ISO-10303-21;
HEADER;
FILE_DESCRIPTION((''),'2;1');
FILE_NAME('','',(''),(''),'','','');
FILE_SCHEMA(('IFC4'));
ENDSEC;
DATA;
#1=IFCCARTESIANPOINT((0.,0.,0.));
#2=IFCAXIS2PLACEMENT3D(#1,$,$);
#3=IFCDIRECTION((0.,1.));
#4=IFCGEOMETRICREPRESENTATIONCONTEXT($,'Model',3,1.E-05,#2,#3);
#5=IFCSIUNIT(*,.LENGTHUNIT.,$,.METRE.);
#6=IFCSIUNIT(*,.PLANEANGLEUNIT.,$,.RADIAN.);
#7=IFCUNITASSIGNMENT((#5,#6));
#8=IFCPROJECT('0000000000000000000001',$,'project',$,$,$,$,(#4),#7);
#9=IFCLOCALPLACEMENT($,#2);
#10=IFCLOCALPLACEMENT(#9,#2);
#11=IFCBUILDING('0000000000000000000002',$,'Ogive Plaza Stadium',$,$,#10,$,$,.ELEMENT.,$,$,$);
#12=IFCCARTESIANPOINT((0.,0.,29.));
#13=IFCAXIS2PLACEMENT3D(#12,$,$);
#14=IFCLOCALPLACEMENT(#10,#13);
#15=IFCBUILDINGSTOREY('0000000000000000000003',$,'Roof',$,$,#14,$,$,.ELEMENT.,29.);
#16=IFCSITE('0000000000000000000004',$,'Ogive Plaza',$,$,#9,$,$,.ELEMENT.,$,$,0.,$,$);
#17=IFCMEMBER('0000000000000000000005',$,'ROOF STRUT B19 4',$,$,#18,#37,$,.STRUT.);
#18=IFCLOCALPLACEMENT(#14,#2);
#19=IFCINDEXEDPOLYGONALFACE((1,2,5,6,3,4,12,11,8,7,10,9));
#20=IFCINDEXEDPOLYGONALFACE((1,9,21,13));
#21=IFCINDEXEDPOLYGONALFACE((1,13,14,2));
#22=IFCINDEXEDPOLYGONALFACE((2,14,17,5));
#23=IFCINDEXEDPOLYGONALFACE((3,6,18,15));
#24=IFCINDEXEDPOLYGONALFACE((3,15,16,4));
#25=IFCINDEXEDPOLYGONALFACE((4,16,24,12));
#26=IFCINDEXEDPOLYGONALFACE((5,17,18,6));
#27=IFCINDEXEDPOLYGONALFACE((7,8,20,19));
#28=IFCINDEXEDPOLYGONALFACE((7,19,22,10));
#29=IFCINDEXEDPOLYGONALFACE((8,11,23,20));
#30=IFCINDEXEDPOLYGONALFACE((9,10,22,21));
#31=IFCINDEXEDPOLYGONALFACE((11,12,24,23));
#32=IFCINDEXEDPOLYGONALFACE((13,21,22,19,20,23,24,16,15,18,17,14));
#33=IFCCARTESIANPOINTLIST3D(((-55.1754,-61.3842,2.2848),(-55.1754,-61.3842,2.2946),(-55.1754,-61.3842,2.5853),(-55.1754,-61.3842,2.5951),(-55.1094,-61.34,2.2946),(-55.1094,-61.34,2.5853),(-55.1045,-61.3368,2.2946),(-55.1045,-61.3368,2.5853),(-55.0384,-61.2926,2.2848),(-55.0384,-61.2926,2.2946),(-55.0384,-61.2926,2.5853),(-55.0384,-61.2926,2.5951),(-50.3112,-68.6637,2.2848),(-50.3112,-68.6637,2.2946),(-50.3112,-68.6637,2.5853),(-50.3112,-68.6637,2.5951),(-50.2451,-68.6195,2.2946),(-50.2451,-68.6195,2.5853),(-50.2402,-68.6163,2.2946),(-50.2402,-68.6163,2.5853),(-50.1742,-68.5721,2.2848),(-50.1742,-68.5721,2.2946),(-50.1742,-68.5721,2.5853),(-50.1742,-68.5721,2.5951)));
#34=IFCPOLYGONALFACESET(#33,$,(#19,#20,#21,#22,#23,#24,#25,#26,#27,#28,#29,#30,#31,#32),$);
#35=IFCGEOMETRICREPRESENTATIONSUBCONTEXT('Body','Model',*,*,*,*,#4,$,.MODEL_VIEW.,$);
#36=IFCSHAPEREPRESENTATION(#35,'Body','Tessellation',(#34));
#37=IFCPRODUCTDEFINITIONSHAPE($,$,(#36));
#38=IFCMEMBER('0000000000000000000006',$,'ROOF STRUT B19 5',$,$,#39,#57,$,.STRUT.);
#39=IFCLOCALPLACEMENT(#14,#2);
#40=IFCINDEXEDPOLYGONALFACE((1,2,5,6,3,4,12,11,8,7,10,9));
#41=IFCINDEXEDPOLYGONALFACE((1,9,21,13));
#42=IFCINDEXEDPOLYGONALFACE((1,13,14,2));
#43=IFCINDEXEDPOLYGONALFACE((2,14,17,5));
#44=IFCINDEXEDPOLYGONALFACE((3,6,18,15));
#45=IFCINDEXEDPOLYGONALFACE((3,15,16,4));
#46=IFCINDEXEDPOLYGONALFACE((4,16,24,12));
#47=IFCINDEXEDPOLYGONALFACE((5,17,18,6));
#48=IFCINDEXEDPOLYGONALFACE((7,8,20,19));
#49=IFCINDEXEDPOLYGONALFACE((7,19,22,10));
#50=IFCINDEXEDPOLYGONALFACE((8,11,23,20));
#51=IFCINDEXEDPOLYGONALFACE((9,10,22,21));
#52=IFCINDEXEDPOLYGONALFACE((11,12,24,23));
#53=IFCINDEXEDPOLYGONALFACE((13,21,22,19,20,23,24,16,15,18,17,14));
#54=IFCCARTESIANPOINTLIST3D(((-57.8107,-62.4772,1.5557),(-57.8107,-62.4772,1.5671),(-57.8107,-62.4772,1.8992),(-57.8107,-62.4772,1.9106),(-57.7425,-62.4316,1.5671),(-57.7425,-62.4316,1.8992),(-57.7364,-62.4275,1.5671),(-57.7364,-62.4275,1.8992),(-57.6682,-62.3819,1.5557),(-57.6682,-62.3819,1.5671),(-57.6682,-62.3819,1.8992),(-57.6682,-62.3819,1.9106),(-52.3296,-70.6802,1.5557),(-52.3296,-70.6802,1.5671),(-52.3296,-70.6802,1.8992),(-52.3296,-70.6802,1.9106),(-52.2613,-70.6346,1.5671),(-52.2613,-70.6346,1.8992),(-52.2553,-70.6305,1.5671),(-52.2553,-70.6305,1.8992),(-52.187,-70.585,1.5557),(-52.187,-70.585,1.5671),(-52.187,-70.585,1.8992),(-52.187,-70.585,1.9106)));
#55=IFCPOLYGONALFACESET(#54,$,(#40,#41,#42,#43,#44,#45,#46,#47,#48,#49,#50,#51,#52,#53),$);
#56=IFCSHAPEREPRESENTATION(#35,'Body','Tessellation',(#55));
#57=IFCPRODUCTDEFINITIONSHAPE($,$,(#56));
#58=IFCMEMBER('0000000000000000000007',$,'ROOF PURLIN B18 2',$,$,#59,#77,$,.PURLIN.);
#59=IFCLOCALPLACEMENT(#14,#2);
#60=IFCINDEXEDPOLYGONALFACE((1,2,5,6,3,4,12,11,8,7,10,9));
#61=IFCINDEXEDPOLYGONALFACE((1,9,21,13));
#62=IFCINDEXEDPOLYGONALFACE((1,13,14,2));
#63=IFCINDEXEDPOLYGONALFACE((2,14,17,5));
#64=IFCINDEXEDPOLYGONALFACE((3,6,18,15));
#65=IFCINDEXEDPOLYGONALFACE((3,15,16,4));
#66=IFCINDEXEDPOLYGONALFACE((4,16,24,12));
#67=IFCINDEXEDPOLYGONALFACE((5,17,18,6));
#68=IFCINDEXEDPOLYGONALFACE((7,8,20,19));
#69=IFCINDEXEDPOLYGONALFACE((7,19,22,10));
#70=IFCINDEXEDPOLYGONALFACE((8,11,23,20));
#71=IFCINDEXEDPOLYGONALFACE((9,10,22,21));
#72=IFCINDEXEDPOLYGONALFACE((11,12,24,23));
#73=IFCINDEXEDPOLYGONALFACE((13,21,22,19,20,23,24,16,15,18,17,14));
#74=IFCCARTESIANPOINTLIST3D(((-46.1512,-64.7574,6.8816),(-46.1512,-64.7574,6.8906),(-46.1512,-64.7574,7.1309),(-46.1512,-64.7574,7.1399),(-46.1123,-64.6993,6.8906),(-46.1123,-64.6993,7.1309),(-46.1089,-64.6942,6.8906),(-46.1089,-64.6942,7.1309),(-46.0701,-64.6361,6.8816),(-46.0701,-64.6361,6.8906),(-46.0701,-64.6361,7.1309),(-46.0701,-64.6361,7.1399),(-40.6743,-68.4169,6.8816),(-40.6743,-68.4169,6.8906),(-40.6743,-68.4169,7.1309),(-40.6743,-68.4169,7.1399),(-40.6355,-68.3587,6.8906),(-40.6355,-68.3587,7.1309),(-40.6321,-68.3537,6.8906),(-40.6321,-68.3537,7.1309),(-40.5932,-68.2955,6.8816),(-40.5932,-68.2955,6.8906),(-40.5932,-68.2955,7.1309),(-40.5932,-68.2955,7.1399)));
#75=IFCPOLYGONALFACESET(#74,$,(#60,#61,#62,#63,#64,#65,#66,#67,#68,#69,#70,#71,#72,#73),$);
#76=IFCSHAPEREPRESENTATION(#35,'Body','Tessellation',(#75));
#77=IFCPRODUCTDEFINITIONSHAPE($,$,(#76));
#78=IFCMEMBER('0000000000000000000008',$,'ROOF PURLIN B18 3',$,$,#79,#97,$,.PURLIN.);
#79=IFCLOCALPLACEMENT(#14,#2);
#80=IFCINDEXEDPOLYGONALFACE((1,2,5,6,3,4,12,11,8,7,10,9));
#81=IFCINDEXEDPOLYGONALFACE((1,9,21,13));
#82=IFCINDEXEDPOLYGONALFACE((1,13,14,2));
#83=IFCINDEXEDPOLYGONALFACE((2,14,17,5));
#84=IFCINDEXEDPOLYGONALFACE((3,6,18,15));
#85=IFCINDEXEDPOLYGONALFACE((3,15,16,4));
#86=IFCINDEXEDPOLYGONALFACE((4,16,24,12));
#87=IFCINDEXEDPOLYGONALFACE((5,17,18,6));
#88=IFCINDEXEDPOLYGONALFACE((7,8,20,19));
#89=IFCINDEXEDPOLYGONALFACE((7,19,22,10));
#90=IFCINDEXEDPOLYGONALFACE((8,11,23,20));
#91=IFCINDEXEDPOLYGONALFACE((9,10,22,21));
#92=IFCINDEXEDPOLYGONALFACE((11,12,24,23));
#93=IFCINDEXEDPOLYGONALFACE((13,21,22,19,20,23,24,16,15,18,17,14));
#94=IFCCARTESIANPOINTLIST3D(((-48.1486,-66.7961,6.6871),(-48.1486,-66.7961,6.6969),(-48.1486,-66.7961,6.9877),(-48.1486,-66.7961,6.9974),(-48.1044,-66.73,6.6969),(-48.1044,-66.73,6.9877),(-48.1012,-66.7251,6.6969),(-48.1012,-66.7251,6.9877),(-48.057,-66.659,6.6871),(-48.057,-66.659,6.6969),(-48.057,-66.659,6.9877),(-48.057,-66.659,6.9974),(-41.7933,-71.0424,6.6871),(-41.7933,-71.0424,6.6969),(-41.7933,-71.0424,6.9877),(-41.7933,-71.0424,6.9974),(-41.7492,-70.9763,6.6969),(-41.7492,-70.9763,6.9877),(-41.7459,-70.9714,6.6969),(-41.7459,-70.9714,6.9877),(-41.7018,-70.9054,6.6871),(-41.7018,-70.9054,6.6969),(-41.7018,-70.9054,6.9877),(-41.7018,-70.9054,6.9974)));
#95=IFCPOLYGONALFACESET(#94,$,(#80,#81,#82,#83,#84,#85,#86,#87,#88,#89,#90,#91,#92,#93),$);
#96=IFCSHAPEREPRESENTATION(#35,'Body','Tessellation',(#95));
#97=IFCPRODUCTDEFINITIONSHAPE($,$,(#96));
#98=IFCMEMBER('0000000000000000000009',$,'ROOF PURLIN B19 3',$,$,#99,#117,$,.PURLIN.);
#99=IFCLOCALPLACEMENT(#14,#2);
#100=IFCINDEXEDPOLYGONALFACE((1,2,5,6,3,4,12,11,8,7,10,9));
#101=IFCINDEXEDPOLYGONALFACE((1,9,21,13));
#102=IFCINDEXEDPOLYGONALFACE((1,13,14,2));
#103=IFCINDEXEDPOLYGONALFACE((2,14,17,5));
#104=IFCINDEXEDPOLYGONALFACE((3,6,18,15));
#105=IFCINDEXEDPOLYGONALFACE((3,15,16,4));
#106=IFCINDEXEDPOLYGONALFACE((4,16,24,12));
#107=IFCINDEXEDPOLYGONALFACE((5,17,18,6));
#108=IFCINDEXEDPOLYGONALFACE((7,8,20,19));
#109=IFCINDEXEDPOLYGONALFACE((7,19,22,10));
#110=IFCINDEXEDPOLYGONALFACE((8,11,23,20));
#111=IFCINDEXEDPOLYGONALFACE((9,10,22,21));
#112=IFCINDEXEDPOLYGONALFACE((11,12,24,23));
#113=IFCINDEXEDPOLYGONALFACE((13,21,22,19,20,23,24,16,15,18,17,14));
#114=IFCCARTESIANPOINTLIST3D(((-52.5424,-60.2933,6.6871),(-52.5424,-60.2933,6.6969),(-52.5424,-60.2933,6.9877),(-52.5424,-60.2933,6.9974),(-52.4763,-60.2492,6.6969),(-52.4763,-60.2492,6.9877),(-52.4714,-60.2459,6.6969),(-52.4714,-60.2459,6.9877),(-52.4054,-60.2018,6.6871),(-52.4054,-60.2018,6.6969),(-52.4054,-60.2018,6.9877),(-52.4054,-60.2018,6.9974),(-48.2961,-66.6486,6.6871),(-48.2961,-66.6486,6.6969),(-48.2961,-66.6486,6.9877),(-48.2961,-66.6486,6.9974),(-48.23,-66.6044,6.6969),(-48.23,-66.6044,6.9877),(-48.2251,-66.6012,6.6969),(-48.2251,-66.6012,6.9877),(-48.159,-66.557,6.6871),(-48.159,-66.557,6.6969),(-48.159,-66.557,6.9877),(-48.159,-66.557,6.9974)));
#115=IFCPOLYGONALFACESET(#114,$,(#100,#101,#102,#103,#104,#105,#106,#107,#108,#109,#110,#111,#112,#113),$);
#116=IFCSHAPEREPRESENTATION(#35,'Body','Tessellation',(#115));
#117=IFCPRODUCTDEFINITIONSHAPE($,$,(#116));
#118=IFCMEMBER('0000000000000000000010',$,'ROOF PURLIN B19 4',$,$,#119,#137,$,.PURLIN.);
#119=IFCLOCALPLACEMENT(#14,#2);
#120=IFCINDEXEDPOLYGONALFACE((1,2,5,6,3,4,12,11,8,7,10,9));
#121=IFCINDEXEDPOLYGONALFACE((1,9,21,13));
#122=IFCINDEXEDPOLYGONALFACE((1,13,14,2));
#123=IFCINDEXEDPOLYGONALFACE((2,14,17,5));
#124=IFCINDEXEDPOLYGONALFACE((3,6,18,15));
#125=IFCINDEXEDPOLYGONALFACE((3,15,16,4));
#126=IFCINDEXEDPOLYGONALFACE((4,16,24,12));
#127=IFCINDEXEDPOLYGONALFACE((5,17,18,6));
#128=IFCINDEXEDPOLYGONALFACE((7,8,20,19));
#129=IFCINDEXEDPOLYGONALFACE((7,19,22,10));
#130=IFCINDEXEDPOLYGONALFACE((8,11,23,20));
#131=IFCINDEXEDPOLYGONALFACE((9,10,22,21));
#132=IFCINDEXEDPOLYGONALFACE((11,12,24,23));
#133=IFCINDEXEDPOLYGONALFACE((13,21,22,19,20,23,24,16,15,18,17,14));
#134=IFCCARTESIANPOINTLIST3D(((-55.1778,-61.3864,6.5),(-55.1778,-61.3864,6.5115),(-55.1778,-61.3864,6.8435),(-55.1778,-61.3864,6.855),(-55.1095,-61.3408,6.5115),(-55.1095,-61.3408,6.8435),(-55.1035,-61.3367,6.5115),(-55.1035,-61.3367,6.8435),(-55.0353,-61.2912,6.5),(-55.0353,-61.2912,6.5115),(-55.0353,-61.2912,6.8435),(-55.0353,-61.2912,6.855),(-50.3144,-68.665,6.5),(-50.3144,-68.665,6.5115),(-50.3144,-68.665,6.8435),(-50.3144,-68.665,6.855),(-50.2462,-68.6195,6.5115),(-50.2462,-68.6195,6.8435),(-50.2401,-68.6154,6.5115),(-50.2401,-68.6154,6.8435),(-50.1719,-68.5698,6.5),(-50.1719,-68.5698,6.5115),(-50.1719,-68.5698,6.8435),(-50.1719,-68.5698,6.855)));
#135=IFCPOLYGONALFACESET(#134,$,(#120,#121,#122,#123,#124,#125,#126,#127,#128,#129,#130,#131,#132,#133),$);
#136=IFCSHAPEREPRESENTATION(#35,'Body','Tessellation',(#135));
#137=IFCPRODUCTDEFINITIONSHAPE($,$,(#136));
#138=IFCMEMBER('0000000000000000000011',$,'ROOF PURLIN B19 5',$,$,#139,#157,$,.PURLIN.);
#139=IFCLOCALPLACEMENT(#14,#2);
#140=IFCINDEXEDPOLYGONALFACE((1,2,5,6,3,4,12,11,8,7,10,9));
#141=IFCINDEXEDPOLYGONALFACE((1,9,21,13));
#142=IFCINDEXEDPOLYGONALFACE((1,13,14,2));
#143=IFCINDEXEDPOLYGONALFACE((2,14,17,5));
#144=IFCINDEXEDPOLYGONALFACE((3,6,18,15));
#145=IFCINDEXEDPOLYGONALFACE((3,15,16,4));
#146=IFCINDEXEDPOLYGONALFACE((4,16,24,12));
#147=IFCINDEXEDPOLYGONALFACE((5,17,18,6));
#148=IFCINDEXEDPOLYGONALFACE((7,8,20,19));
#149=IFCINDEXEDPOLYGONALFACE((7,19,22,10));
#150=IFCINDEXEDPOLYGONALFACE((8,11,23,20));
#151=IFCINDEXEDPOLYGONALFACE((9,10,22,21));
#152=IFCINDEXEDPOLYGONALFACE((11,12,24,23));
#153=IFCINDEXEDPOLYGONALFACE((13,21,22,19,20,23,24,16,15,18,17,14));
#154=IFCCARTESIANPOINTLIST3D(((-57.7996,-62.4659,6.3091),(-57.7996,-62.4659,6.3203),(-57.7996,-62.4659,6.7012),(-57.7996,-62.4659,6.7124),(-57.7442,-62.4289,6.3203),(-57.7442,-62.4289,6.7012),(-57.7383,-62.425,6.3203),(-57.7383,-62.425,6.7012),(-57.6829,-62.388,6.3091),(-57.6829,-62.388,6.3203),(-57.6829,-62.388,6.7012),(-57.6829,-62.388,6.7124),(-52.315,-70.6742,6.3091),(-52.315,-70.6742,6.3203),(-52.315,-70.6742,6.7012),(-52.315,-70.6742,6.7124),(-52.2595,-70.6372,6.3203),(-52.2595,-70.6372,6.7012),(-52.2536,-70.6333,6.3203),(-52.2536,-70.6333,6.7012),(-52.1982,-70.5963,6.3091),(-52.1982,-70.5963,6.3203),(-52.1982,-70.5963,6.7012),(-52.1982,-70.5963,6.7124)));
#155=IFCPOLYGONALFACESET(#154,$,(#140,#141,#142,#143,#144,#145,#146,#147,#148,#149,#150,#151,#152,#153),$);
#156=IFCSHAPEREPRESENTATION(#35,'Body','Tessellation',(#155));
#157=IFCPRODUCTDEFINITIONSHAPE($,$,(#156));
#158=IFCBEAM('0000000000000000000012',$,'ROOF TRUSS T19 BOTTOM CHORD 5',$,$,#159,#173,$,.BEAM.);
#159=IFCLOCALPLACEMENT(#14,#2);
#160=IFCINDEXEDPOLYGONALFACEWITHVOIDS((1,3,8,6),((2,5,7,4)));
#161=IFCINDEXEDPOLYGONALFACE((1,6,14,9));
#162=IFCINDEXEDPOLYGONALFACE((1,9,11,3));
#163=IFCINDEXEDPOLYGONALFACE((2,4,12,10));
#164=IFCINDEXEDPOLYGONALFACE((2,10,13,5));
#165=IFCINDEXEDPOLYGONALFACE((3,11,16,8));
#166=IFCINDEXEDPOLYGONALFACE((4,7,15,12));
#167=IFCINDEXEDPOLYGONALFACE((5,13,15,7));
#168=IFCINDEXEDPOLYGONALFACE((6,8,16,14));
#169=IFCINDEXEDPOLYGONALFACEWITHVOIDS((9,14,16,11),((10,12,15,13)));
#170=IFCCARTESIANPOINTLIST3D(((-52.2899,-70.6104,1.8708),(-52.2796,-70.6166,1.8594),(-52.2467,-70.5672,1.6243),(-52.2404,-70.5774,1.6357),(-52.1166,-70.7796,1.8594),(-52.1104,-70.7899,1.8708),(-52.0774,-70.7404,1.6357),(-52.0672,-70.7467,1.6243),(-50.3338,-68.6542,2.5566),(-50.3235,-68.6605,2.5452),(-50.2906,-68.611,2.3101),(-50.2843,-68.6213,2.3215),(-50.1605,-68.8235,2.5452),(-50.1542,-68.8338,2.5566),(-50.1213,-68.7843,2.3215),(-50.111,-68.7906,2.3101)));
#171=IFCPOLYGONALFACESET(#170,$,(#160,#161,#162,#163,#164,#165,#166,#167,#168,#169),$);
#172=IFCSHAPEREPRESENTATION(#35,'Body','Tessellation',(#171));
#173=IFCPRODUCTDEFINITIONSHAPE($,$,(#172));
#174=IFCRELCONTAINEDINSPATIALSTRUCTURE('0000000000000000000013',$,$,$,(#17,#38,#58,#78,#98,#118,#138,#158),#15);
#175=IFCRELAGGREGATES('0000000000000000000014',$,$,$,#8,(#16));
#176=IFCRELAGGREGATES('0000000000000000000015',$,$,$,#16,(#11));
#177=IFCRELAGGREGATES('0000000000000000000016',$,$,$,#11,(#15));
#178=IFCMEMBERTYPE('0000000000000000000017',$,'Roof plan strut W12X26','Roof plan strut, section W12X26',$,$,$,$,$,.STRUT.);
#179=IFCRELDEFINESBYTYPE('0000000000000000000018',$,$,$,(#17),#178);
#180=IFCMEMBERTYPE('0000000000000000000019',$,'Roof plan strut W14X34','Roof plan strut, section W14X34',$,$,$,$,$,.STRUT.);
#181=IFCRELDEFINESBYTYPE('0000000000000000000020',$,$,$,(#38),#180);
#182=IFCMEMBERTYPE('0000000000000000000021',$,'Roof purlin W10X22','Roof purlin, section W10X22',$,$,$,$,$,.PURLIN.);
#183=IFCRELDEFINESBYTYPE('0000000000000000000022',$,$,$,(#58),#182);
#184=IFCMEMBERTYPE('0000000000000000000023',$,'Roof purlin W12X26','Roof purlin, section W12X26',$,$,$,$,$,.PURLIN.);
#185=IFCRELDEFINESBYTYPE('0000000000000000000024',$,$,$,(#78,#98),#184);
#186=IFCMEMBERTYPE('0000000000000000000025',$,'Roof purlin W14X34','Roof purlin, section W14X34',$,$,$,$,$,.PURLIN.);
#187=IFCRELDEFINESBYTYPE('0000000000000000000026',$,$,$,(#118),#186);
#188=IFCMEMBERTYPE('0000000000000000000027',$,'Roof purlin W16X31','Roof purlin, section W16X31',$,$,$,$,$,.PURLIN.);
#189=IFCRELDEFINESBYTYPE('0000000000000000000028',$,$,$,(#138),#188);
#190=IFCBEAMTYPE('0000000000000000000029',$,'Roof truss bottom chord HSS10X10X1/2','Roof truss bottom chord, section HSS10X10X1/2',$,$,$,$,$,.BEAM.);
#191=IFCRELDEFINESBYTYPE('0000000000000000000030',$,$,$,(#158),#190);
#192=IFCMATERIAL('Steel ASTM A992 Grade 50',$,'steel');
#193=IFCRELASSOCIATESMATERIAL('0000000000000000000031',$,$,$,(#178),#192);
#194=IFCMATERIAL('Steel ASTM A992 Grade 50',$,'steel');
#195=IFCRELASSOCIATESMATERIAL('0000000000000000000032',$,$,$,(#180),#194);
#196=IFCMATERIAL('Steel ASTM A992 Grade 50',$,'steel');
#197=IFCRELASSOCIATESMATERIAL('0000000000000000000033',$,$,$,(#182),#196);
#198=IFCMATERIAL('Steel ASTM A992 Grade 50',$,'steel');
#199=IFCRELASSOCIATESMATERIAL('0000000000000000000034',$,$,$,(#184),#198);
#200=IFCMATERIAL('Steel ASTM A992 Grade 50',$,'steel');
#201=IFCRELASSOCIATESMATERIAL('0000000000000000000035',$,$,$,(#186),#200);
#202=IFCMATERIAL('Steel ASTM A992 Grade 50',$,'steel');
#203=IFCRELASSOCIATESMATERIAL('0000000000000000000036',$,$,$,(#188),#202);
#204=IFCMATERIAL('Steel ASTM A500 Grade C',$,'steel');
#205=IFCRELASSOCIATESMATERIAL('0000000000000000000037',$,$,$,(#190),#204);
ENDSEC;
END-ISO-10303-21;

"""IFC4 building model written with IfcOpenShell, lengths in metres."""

from ifc_helpers import new_model, si_unit, direction, frame, origin, origin_2d, place, context, subcontext, project, spatial, hollow_rectangle, i_section, extrude, material, material_profile, profile_set, type_object, element, save


model = new_model("IFC4")

# Units and contexts
model_context = context("Model", 3, precision=1e-05, world=origin(), true_north=direction((0.0, 1.0)))
body_context = subcontext(model_context, "Body", "Model", "MODEL_VIEW")
ifc_project = project(units=[si_unit("LENGTHUNIT", "METRE"), si_unit("PLANEANGLEUNIT", "RADIAN")], contexts=[model_context])

# Site, building, storey
site_placement = place(None, origin())
site = spatial("IfcSite", under=ifc_project, at=site_placement, Name="Ogive Plaza", CompositionType="ELEMENT", RefElevation=0.0)
building_placement = place(site_placement, origin())
building = spatial("IfcBuilding", under=site, at=building_placement, Name="Ogive Plaza Stadium", CompositionType="ELEMENT")
storey_placement = place(building_placement, frame((0.0, 0.0, 29.0)))
storey = spatial("IfcBuildingStorey", under=building, at=storey_placement, Name="Roof", CompositionType="ELEMENT", Elevation=29.0)

# Members
ifc_material_1 = material(Name="Steel ASTM A992 Grade 50", Category="steel")
ifc_material_profile_1 = material_profile(ifc_material_1, i_section(OverallWidth=0.1648, OverallDepth=0.3103, WebThickness=0.0059, FlangeThickness=0.0098, at=origin_2d()), Name="W12X26")
ifc_profile_set_1 = profile_set([ifc_material_profile_1], Name="Steel ASTM A992 Grade 50")
member_type_1 = type_object("IfcMemberType", Name="Roof plan strut W12X26", Description="Roof plan strut, section W12X26", PredefinedType="STRUT", material=ifc_profile_set_1)
member_1_placement = place(storey_placement, frame((-50.2427, -68.6179, 2.4399), z_axis=(-0.555588, 0.831458, 0.0), x_axis=(-0.831458, -0.555588, 0.0)))
element("IfcMember", 1, at=member_1_placement, inside=storey, type_object=member_type_1, Name="ROOF STRUT B19 4", PredefinedType="STRUT", context=body_context, shape_type="SweptSolid", body=[
    extrude(i_section(OverallWidth=0.1648, OverallDepth=0.3103, WebThickness=0.0059, FlangeThickness=0.0098, at=origin_2d()), origin(), (0.0, 0.0, 1.0), 8.7551),
])
ifc_material_2 = material(Name="Steel ASTM A992 Grade 50", Category="steel")
ifc_material_profile_2 = material_profile(ifc_material_2, i_section(OverallWidth=0.1714, OverallDepth=0.355, WebThickness=0.0073, FlangeThickness=0.0115, at=origin_2d()), Name="W14X34")
ifc_profile_set_2 = profile_set([ifc_material_profile_2], Name="Steel ASTM A992 Grade 50")
member_type_2 = type_object("IfcMemberType", Name="Roof plan strut W14X34", Description="Roof plan strut, section W14X34", PredefinedType="STRUT", material=ifc_profile_set_2)
member_2_placement = place(storey_placement, frame((-52.2583, -70.6326, 1.7332), z_axis=(-0.555574, 0.831467, 0.0), x_axis=(-0.831467, -0.555574, 0.0)))
element("IfcMember", 2, at=member_2_placement, inside=storey, type_object=member_type_2, Name="ROOF STRUT B19 5", PredefinedType="STRUT", context=body_context, shape_type="SweptSolid", body=[
    extrude(i_section(OverallWidth=0.1714, OverallDepth=0.355, WebThickness=0.0073, FlangeThickness=0.0115, at=origin_2d()), origin(), (0.0, 0.0, 1.0), 9.8657),
])
ifc_material_3 = material(Name="Steel ASTM A992 Grade 50", Category="steel")
ifc_material_profile_3 = material_profile(ifc_material_3, i_section(OverallWidth=0.146, OverallDepth=0.2583, WebThickness=0.0061, FlangeThickness=0.009, at=origin_2d()), Name="W10X22")
ifc_profile_set_3 = profile_set([ifc_material_profile_3], Name="Steel ASTM A992 Grade 50")
member_type_3 = type_object("IfcMemberType", Name="Roof purlin W10X22", Description="Roof purlin, section W10X22", PredefinedType="PURLIN", material=ifc_profile_set_3)
member_3_placement = place(storey_placement, frame((-40.6338, -68.3562, 7.0107), z_axis=(-0.831474, 0.555564, 0.0), x_axis=(-0.555564, -0.831474, 0.0)))
element("IfcMember", 3, at=member_3_placement, inside=storey, type_object=member_type_3, Name="ROOF PURLIN B18 2", PredefinedType="PURLIN", context=body_context, shape_type="SweptSolid", body=[
    extrude(i_section(OverallWidth=0.146, OverallDepth=0.2583, WebThickness=0.0061, FlangeThickness=0.009, at=origin_2d()), origin(), (0.0, 0.0, 1.0), 6.5869),
])
ifc_material_4 = material(Name="Steel ASTM A992 Grade 50", Category="steel")
ifc_material_profile_4 = material_profile(ifc_material_4, i_section(OverallWidth=0.1648, OverallDepth=0.3103, WebThickness=0.0059, FlangeThickness=0.0098, at=origin_2d()), Name="W12X26")
ifc_profile_set_4 = profile_set([ifc_material_profile_4], Name="Steel ASTM A992 Grade 50")
member_type_4 = type_object("IfcMemberType", Name="Roof purlin W12X26", Description="Roof purlin, section W12X26", PredefinedType="PURLIN", material=ifc_profile_set_4)
for number, where, z_axis, x_axis, name in (
    (4, (-41.7476, -70.9739, 6.8423), (-0.831475, 0.555562, 0.0), (-0.555562, -0.831475, 0.0), "ROOF PURLIN B18 3"),
    (5, (-48.2275, -66.6028, 6.8423), (-0.555562, 0.831475, 0.0), (-0.831475, -0.555562, 0.0), "ROOF PURLIN B19 3"),
):
    element("IfcMember", number, at=place(storey_placement, frame(where, z_axis=z_axis, x_axis=x_axis)), inside=storey, type_object=member_type_4, Name=name, PredefinedType="PURLIN", context=body_context, shape_type="SweptSolid", body=[
        extrude(i_section(OverallWidth=0.1648, OverallDepth=0.3103, WebThickness=0.0059, FlangeThickness=0.0098, at=origin_2d()), origin(), (0.0, 0.0, 1.0), 7.6433),
    ])
ifc_material_5 = material(Name="Steel ASTM A992 Grade 50", Category="steel")
ifc_material_profile_5 = material_profile(ifc_material_5, i_section(OverallWidth=0.1714, OverallDepth=0.355, WebThickness=0.0073, FlangeThickness=0.0115, at=origin_2d()), Name="W14X34")
ifc_profile_set_5 = profile_set([ifc_material_profile_5], Name="Steel ASTM A992 Grade 50")
member_type_5 = type_object("IfcMemberType", Name="Roof purlin W14X34", Description="Roof purlin, section W14X34", PredefinedType="PURLIN", material=ifc_profile_set_5)
member_4_placement = place(storey_placement, frame((-50.2432, -68.6174, 6.6775), z_axis=(-0.555562, 0.831475, 0.0), x_axis=(-0.831475, -0.555562, 0.0)))
element("IfcMember", 6, at=member_4_placement, inside=storey, type_object=member_type_5, Name="ROOF PURLIN B19 4", PredefinedType="PURLIN", context=body_context, shape_type="SweptSolid", body=[
    extrude(i_section(OverallWidth=0.1714, OverallDepth=0.355, WebThickness=0.0073, FlangeThickness=0.0115, at=origin_2d()), origin(), (0.0, 0.0, 1.0), 8.7539),
])
ifc_material_6 = material(Name="Steel ASTM A992 Grade 50", Category="steel")
ifc_material_profile_6 = material_profile(ifc_material_6, i_section(OverallWidth=0.1404, OverallDepth=0.4033, WebThickness=0.0071, FlangeThickness=0.0112, at=origin_2d()), Name="W16X31")
ifc_profile_set_6 = profile_set([ifc_material_profile_6], Name="Steel ASTM A992 Grade 50")
member_type_6 = type_object("IfcMemberType", Name="Roof purlin W16X31", Description="Roof purlin, section W16X31", PredefinedType="PURLIN", material=ifc_profile_set_6)
member_5_placement = place(storey_placement, frame((-52.2566, -70.6353, 6.5107), z_axis=(-0.555573, 0.831468, 0.0), x_axis=(-0.831468, -0.555573, 0.0)))
element("IfcMember", 7, at=member_5_placement, inside=storey, type_object=member_type_6, Name="ROOF PURLIN B19 5", PredefinedType="PURLIN", context=body_context, shape_type="SweptSolid", body=[
    extrude(i_section(OverallWidth=0.1404, OverallDepth=0.4033, WebThickness=0.0071, FlangeThickness=0.0112, at=origin_2d()), origin(), (0.0, 0.0, 1.0), 9.8721),
])

# Beam
ifc_material_7 = material(Name="Steel ASTM A500 Grade C", Category="steel")
ifc_material_profile_7 = material_profile(ifc_material_7, hollow_rectangle(XDim=0.2539, YDim=0.2539, WallThickness=0.0117, at=origin_2d()), Name="HSS10X10X1/2")
ifc_profile_set_7 = profile_set([ifc_material_profile_7], Name="Steel ASTM A500 Grade C")
beam_type_1 = type_object("IfcBeamType", Name="Roof truss bottom chord HSS10X10X1/2", Description="Roof truss bottom chord, section HSS10X10X1/2", PredefinedType="BEAM", material=ifc_profile_set_7)
beam_1_placement = place(storey_placement, frame((-50.2224, -68.7224, 2.4333), z_axis=(-0.68633, -0.68633, -0.240627), x_axis=(0.707107, -0.707107, 0.0)))
element("IfcBeam", 8, at=beam_1_placement, inside=storey, type_object=beam_type_1, Name="ROOF TRUSS T19 BOTTOM CHORD 5", PredefinedType="BEAM", context=body_context, shape_type="SweptSolid", body=[
    extrude(hollow_rectangle(XDim=0.2539, YDim=0.2539, WallThickness=0.0117, at=origin_2d()), origin(), (0.0, 0.0, 1.0), 2.8501),
])

save(model, "model.ifc")
